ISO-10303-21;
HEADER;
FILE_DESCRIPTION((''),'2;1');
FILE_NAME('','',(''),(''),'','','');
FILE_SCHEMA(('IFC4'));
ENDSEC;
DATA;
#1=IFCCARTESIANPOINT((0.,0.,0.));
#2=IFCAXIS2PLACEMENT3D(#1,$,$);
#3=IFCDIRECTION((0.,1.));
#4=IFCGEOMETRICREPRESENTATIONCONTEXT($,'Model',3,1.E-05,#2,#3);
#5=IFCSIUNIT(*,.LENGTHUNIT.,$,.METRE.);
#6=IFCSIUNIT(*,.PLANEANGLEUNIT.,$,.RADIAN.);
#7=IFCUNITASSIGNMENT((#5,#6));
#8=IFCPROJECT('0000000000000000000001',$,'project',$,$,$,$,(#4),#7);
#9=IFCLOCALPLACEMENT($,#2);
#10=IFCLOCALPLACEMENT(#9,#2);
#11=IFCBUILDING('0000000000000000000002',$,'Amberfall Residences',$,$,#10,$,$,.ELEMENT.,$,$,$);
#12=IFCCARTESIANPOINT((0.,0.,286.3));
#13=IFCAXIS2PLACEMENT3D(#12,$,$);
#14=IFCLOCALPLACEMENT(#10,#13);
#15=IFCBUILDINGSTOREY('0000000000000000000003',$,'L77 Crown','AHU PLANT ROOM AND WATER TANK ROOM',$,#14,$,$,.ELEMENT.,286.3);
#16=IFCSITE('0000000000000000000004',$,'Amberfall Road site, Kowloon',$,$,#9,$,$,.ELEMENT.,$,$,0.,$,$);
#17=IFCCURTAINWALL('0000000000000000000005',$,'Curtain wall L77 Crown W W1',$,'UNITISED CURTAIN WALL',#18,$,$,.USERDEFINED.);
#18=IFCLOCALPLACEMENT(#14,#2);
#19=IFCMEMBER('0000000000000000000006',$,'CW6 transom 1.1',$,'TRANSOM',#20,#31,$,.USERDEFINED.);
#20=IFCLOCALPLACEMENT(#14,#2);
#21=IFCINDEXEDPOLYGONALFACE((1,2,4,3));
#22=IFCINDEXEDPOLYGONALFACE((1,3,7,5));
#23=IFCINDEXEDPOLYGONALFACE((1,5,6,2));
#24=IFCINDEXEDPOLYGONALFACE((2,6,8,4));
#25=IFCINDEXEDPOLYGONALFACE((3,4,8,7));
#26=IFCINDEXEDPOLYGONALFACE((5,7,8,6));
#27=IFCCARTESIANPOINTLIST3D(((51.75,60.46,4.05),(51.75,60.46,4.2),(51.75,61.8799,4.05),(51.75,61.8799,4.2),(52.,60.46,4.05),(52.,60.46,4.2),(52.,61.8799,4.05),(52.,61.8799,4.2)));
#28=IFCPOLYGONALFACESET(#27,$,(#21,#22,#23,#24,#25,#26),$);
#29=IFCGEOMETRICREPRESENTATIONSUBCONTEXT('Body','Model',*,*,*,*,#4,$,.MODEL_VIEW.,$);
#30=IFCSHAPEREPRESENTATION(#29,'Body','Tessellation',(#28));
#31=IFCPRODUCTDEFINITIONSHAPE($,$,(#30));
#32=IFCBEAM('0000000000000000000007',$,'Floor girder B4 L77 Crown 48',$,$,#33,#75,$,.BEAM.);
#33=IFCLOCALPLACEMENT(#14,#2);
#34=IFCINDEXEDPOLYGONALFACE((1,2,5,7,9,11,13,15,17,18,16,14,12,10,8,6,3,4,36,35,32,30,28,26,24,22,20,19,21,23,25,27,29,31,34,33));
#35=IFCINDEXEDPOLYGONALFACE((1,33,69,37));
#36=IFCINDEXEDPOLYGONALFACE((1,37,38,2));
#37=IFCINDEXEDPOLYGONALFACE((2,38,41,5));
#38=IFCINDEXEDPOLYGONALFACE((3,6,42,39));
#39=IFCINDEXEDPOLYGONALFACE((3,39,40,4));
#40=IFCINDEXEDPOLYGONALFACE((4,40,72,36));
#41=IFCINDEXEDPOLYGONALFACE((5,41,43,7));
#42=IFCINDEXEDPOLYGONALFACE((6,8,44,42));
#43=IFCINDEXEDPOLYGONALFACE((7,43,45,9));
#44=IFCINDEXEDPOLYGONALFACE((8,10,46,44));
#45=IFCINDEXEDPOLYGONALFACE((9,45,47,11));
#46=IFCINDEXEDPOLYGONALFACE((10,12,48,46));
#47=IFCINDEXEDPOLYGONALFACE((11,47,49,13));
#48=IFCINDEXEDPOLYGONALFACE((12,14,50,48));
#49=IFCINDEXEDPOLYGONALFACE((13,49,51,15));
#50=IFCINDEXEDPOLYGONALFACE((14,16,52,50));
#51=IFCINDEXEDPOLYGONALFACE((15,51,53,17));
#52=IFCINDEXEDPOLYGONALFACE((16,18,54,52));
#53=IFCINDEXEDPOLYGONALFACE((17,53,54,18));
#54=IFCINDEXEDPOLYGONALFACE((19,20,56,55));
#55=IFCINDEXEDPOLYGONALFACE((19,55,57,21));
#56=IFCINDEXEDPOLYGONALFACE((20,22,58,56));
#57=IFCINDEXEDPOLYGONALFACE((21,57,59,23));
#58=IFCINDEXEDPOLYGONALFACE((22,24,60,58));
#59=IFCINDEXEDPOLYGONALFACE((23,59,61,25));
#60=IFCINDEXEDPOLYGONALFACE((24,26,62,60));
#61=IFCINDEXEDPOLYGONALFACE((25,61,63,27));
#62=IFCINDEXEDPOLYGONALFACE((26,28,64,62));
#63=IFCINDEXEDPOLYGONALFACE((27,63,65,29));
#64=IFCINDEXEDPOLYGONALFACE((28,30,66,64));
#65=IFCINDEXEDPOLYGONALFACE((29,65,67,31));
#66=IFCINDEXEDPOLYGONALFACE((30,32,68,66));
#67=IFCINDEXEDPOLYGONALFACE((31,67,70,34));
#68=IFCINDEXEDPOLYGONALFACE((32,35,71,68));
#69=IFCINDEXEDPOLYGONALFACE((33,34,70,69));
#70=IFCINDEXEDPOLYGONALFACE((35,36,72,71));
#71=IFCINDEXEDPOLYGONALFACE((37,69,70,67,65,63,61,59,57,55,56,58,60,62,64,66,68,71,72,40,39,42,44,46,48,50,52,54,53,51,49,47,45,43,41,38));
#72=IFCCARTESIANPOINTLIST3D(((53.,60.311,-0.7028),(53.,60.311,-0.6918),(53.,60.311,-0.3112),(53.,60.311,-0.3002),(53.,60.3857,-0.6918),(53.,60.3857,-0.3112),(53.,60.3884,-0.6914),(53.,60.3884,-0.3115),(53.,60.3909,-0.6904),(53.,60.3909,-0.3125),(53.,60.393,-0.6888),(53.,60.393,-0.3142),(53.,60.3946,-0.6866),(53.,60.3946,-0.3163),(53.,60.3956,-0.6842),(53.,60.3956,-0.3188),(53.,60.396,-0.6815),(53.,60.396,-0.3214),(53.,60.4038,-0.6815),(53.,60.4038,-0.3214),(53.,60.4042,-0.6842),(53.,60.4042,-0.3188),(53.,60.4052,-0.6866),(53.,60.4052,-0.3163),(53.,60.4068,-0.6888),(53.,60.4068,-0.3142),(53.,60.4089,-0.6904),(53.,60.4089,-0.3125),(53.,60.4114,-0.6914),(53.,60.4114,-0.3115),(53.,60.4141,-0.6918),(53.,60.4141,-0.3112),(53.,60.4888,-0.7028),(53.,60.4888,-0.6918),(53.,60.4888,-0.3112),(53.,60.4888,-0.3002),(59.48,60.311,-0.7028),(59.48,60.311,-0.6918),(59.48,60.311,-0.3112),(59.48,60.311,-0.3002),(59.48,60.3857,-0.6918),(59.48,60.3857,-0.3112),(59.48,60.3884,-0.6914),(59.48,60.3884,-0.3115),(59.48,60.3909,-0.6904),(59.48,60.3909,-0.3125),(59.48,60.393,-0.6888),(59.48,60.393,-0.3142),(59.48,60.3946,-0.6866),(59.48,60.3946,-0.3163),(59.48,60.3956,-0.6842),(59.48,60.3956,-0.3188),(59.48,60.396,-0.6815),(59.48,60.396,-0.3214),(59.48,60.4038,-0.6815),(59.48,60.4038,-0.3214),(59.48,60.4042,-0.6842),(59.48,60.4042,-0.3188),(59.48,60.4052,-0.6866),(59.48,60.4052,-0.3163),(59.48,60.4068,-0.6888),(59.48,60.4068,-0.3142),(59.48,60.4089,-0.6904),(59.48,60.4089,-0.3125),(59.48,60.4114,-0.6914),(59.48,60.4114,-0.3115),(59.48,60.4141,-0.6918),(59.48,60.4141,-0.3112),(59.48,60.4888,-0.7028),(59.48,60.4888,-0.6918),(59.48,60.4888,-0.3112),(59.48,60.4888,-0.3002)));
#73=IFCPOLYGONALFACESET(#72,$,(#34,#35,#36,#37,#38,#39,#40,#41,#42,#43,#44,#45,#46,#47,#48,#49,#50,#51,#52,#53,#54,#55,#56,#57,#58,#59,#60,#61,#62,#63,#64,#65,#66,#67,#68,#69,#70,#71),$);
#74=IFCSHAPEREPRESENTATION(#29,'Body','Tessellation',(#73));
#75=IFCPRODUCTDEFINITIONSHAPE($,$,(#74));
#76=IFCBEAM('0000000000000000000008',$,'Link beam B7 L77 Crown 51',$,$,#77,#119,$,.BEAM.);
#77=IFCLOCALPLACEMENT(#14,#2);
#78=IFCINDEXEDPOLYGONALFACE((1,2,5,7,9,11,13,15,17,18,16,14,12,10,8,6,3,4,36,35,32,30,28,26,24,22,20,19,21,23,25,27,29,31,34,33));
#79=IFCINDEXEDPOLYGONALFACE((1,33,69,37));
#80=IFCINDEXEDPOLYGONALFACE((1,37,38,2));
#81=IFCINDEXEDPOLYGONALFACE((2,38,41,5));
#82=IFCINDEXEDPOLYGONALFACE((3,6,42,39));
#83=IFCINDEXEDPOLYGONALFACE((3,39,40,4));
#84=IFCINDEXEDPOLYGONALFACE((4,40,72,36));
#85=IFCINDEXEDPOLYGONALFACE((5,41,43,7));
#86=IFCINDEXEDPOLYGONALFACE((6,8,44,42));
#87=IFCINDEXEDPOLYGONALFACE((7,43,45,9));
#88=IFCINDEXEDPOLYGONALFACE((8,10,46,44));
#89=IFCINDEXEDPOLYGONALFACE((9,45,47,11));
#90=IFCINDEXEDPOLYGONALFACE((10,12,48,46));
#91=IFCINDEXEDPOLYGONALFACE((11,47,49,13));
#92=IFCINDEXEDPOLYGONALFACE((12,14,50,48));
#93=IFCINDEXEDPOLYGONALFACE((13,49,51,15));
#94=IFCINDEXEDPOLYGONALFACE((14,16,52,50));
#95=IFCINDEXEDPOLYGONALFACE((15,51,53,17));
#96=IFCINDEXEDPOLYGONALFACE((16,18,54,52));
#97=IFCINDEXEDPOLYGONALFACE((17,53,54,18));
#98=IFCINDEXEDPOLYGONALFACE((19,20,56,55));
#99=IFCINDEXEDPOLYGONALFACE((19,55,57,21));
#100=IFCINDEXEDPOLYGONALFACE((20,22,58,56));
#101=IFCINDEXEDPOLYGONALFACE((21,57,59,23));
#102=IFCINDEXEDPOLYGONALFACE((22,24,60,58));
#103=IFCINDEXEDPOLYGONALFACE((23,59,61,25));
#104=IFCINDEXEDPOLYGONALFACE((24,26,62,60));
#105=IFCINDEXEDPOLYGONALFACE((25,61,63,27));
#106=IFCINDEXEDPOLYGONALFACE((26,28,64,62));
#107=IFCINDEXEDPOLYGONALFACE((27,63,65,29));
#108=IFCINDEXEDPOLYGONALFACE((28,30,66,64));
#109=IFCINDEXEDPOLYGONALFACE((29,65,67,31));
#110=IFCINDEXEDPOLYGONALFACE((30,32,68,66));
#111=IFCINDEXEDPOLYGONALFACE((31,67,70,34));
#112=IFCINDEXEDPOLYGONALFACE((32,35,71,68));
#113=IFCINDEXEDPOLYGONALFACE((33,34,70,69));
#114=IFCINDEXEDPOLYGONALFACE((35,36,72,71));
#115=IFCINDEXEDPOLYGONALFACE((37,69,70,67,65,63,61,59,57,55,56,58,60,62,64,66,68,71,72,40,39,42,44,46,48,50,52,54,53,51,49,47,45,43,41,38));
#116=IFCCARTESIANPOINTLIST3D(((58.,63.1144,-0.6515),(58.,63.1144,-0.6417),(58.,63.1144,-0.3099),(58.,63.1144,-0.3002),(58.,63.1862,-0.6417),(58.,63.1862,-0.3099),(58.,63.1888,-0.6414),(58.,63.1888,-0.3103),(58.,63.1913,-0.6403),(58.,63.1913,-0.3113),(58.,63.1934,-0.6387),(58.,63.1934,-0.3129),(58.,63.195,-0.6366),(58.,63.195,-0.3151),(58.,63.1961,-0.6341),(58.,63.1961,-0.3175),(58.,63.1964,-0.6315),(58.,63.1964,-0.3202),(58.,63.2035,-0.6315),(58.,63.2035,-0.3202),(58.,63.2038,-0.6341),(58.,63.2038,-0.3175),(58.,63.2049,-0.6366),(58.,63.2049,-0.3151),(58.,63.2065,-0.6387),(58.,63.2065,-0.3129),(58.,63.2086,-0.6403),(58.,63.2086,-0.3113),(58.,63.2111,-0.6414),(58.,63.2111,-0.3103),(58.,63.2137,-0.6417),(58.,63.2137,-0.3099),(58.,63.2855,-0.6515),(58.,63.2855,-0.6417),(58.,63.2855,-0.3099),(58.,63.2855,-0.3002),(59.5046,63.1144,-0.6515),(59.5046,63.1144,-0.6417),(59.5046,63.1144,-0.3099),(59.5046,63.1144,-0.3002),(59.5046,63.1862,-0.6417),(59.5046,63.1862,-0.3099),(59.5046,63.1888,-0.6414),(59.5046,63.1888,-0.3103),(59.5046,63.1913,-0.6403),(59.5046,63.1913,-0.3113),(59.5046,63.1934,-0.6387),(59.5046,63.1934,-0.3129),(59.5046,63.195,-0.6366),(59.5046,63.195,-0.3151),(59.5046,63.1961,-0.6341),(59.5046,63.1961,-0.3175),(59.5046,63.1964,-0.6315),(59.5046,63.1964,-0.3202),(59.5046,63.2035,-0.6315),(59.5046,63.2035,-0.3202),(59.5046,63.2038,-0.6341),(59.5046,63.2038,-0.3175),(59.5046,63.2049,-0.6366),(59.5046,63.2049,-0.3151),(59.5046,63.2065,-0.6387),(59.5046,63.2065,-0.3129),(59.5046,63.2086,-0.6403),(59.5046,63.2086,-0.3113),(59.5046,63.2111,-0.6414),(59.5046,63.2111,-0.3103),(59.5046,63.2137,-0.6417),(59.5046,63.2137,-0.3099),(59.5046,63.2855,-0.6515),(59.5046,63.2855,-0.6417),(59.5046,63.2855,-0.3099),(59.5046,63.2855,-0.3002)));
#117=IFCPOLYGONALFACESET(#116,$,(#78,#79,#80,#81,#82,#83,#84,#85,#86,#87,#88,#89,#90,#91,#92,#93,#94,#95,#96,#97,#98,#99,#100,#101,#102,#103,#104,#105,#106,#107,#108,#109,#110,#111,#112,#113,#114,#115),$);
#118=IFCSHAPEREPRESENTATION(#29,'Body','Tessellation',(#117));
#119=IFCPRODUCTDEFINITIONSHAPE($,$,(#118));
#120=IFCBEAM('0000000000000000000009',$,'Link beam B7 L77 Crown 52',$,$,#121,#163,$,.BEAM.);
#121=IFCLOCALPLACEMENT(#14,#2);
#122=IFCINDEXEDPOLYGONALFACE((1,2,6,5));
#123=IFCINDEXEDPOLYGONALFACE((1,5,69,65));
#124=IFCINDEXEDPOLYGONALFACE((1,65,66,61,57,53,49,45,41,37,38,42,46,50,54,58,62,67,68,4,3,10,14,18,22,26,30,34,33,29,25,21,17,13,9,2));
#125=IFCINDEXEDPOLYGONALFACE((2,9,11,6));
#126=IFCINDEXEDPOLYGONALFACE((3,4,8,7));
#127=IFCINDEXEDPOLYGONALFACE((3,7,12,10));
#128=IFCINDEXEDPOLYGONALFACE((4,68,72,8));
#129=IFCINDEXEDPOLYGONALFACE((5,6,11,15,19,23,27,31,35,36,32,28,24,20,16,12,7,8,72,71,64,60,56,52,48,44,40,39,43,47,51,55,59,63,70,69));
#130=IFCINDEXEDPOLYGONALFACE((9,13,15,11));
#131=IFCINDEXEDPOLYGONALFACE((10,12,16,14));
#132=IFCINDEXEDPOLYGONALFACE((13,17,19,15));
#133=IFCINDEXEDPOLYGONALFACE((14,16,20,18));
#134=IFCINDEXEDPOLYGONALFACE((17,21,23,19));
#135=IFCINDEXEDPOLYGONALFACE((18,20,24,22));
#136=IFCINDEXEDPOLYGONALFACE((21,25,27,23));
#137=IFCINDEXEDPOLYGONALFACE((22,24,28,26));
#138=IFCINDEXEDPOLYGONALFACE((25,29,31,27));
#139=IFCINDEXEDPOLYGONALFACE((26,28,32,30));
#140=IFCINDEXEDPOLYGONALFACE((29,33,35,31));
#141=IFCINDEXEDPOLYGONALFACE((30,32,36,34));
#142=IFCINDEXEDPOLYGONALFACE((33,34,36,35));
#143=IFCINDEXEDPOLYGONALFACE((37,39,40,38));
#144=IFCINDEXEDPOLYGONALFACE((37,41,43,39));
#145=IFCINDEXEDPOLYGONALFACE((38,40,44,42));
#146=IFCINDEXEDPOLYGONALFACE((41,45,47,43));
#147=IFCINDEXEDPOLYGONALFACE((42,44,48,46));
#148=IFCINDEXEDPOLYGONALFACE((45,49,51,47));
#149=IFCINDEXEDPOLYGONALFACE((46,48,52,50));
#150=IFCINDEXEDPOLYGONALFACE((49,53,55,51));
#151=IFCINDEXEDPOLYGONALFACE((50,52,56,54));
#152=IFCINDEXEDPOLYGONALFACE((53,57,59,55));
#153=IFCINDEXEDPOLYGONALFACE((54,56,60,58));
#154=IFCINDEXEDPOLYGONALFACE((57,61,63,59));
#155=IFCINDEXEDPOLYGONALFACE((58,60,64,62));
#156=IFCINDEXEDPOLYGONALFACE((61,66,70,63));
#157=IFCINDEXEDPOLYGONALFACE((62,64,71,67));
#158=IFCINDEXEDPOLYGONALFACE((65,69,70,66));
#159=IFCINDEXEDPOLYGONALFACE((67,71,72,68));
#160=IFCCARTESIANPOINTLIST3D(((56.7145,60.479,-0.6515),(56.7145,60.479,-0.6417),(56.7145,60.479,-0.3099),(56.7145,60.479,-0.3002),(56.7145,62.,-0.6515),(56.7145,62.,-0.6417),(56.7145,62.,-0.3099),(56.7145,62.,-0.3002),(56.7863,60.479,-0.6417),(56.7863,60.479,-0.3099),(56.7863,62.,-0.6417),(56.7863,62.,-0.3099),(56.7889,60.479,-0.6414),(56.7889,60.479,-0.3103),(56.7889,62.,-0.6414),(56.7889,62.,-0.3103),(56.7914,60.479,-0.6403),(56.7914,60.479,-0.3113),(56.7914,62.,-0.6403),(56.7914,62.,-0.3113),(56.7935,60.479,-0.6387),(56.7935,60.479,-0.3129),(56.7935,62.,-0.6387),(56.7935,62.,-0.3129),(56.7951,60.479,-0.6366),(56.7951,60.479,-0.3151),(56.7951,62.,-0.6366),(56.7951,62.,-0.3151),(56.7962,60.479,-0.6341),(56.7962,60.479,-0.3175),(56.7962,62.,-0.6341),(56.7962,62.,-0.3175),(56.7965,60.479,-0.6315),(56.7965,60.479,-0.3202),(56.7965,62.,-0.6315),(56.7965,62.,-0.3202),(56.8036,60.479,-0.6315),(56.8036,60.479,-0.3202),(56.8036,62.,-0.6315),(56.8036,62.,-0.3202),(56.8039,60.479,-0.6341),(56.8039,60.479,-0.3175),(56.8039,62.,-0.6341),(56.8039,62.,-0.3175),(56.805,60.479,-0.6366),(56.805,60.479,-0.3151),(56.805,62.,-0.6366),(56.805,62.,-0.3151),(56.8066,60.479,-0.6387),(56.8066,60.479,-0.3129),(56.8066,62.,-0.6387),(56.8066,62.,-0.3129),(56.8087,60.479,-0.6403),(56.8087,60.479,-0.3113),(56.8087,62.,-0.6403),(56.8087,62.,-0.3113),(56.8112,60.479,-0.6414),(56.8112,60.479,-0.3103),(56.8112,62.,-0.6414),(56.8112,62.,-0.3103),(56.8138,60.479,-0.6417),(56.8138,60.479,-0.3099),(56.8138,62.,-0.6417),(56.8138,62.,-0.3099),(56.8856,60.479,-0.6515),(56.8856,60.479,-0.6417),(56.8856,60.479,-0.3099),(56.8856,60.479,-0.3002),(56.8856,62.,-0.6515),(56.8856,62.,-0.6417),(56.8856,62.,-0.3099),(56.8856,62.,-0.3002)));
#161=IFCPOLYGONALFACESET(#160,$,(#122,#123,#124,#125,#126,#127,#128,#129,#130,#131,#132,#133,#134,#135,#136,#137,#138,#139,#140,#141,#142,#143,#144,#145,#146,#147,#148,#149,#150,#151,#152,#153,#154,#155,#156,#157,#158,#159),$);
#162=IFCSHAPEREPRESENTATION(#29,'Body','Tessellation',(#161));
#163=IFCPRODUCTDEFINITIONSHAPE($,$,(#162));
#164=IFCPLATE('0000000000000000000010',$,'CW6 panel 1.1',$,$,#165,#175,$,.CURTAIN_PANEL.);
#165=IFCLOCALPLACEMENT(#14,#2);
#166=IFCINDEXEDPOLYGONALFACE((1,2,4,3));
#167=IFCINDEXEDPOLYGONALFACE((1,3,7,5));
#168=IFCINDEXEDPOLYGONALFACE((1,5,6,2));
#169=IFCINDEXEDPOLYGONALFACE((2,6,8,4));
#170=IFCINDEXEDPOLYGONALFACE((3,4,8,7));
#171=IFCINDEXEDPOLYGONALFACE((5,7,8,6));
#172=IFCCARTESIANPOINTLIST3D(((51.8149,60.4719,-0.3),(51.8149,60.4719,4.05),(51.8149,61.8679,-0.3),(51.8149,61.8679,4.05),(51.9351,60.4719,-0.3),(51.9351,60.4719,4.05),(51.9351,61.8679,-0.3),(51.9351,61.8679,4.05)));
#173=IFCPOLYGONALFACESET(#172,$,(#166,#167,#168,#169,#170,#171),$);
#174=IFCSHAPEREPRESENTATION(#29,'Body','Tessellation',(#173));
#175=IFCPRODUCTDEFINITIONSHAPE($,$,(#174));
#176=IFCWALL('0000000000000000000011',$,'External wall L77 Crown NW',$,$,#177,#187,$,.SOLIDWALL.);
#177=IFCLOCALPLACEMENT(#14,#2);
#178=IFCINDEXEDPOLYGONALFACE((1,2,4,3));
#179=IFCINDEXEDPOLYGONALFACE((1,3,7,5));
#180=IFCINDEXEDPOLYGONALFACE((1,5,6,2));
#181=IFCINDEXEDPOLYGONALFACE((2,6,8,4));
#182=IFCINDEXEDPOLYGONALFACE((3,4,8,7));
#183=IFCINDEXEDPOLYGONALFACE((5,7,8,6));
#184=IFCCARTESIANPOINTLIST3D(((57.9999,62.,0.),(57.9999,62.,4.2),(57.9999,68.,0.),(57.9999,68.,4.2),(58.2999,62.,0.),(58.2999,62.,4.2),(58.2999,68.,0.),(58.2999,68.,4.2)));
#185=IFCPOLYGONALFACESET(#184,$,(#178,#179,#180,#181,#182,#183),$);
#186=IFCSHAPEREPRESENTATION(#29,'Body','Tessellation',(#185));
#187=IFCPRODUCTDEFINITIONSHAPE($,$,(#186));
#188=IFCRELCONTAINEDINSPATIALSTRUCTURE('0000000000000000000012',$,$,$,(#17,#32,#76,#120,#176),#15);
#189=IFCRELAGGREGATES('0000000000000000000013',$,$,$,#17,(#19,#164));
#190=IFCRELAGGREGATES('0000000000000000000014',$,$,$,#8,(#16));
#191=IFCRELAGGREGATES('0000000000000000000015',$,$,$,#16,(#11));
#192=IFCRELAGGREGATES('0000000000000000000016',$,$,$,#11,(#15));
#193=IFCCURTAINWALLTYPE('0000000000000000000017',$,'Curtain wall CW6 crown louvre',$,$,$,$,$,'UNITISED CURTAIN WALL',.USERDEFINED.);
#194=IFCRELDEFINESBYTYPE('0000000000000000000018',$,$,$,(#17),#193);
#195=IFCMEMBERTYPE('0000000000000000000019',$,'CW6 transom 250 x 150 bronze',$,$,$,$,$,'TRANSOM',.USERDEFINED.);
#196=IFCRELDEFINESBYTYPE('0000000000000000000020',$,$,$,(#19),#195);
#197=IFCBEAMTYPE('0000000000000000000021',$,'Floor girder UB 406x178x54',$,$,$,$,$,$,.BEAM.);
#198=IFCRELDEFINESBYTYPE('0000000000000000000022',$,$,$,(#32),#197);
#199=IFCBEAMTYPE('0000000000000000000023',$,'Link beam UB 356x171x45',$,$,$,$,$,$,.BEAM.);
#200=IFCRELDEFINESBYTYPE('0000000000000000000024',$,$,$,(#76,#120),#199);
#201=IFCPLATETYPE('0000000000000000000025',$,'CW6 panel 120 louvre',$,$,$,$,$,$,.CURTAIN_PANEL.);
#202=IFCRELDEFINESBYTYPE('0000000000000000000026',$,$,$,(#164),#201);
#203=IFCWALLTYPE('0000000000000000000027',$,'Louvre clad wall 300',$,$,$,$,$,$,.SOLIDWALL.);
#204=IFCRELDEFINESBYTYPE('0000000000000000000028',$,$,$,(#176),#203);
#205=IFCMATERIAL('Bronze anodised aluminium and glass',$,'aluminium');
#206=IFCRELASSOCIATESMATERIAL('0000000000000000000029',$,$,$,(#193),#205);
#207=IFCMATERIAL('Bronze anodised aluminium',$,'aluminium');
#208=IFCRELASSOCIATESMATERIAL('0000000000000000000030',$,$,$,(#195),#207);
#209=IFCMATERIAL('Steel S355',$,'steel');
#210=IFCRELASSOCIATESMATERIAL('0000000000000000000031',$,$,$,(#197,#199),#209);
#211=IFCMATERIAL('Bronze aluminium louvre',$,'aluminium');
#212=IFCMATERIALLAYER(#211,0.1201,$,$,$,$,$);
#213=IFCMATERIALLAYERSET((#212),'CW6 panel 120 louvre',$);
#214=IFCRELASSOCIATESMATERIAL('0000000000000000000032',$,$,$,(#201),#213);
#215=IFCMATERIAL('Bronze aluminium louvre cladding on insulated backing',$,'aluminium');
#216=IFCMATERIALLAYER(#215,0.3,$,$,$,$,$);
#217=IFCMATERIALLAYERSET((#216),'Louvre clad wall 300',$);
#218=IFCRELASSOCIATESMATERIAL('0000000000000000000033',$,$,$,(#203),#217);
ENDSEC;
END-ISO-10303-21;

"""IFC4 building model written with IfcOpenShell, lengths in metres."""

from ifc_helpers import new_model, si_unit, direction, frame, frame_2d, origin, origin_2d, place, context, subcontext, project, spatial, rectangle, i_section, extrude, material, layer, layer_set, material_profile, profile_set, type_object, element, aggregate, save


model = new_model("IFC4")

# Units and contexts
model_context = context("Model", 3, precision=1e-05, world=origin(), true_north=direction((0.0, 1.0)))
body_context = subcontext(model_context, "Body", "Model", "MODEL_VIEW")
ifc_project = project(units=[si_unit("LENGTHUNIT", "METRE"), si_unit("PLANEANGLEUNIT", "RADIAN")], contexts=[model_context])

# Site, building, storey
site_placement = place(None, origin())
site = spatial("IfcSite", under=ifc_project, at=site_placement, Name="Amberfall Road site, Kowloon", CompositionType="ELEMENT", RefElevation=0.0)
building_placement = place(site_placement, origin())
building = spatial("IfcBuilding", under=site, at=building_placement, Name="Amberfall Residences", CompositionType="ELEMENT")
storey_placement = place(building_placement, frame((0.0, 0.0, 286.3)))
storey = spatial("IfcBuildingStorey", under=building, at=storey_placement, Name="L77 Crown", Description="AHU PLANT ROOM AND WATER TANK ROOM", CompositionType="ELEMENT", Elevation=286.3)

# Shared definitions
ifc_material_1 = material(Name="Steel S355", Category="steel")

# Shared definitions
ifc_material_2 = material(Name="Bronze anodised aluminium and glass", Category="aluminium")
curtain_wall_type = type_object("IfcCurtainWallType", Name="Curtain wall CW6 crown louvre", ElementType="UNITISED CURTAIN WALL", PredefinedType="USERDEFINED", material=ifc_material_2)
ifc_material_3 = material(Name="Bronze anodised aluminium", Category="aluminium")

# Curtain wall, member
curtain_wall_1_placement = place(storey_placement, origin())
curtain_wall_1 = element("IfcCurtainWall", 1, at=curtain_wall_1_placement, inside=storey, type_object=curtain_wall_type, Name="Curtain wall L77 Crown W W1", ObjectType="UNITISED CURTAIN WALL", PredefinedType="USERDEFINED")
ifc_material_profile_1 = material_profile(ifc_material_3, rectangle(XDim=0.25, YDim=0.1499, at=origin_2d()), Name="CW6 transom 250 x 150 bronze")
ifc_profile_set_1 = profile_set([ifc_material_profile_1], Name="Bronze anodised aluminium")
member_type_1 = type_object("IfcMemberType", Name="CW6 transom 250 x 150 bronze", ElementType="TRANSOM", PredefinedType="USERDEFINED", material=ifc_profile_set_1)
member_1_placement = place(storey_placement, frame((51.875, 61.8799, 4.125), z_axis=(0.0, -1.0, 0.0), x_axis=(1.0, 0.0, 0.0)))
member_1 = element("IfcMember", 2, at=member_1_placement, type_object=member_type_1, Name="CW6 transom 1.1", ObjectType="TRANSOM", PredefinedType="USERDEFINED", context=body_context, shape_type="SweptSolid", body=[
    extrude(rectangle(XDim=0.25, YDim=0.1499, at=origin_2d()), origin(), (0.0, 0.0, 1.0), 1.4199),
])

# Beams
ifc_material_profile_2 = material_profile(ifc_material_1, i_section(OverallWidth=0.1777, OverallDepth=0.4026, WebThickness=0.0078, FlangeThickness=0.011, FilletRadius=0.0103, at=origin_2d()), Name="UB 406x178x54")
ifc_profile_set_2 = profile_set([ifc_material_profile_2], Name="Steel S355")
beam_type_1 = type_object("IfcBeamType", Name="Floor girder UB 406x178x54", PredefinedType="BEAM", material=ifc_profile_set_2)
beam_1_placement = place(storey_placement, frame((53.0, 60.3999, -0.5015), z_axis=(1.0, 0.0, 0.0), x_axis=(0.0, 1.0, 0.0)))
element("IfcBeam", 3, at=beam_1_placement, inside=storey, type_object=beam_type_1, Name="Floor girder B4 L77 Crown 48", PredefinedType="BEAM", context=body_context, shape_type="SweptSolid", body=[
    extrude(i_section(OverallWidth=0.1777, OverallDepth=0.4026, WebThickness=0.0078, FlangeThickness=0.011, FilletRadius=0.0103, at=origin_2d()), origin(), (0.0, 0.0, 1.0), 6.48),
])
ifc_material_profile_3 = material_profile(ifc_material_1, i_section(OverallWidth=0.1711, OverallDepth=0.3513, WebThickness=0.0071, FlangeThickness=0.0098, FilletRadius=0.0103, at=origin_2d()), Name="UB 356x171x45")
ifc_profile_set_3 = profile_set([ifc_material_profile_3], Name="Steel S355")
beam_type_2 = type_object("IfcBeamType", Name="Link beam UB 356x171x45", PredefinedType="BEAM", material=ifc_profile_set_3)
beam_2_placement = place(storey_placement, frame((58.0, 63.2, -0.4758), z_axis=(1.0, 0.0, 0.0), x_axis=(0.0, 1.0, 0.0)))
element("IfcBeam", 4, at=beam_2_placement, inside=storey, type_object=beam_type_2, Name="Link beam B7 L77 Crown 51", PredefinedType="BEAM", context=body_context, shape_type="SweptSolid", body=[
    extrude(i_section(OverallWidth=0.1711, OverallDepth=0.3513, WebThickness=0.0071, FlangeThickness=0.0098, FilletRadius=0.0103, at=origin_2d()), origin(), (0.0, 0.0, 1.0), 1.5046),
])
beam_3_placement = place(storey_placement, frame((56.8, 62.0, -0.4758), z_axis=(0.0, -1.0, 0.0), x_axis=(1.0, 0.0, 0.0)))
element("IfcBeam", 5, at=beam_3_placement, inside=storey, type_object=beam_type_2, Name="Link beam B7 L77 Crown 52", PredefinedType="BEAM", context=body_context, shape_type="SweptSolid", body=[
    extrude(i_section(OverallWidth=0.1711, OverallDepth=0.3513, WebThickness=0.0071, FlangeThickness=0.0098, FilletRadius=0.0103, at=origin_2d()), origin(), (0.0, 0.0, 1.0), 1.521),
])

# Plate
ifc_material_4 = material(Name="Bronze aluminium louvre", Category="aluminium")
ifc_layer_1 = layer(ifc_material_4, 0.1201)
ifc_layer_set_1 = layer_set([ifc_layer_1], Name="CW6 panel 120 louvre")
plate_type = type_object("IfcPlateType", Name="CW6 panel 120 louvre", PredefinedType="CURTAIN_PANEL", material=ifc_layer_set_1)
plate_placement = place(storey_placement, frame((51.875, 61.1699, -0.3), z_axis=(0.0, 0.0, 1.0), x_axis=(0.0, -1.0, 0.0)))
plate = element("IfcPlate", 6, at=plate_placement, type_object=plate_type, Name="CW6 panel 1.1", PredefinedType="CURTAIN_PANEL", context=body_context, shape_type="SweptSolid", body=[
    extrude(rectangle(XDim=1.396, YDim=0.1201, at=origin_2d()), origin(), (0.0, 0.0, 1.0), 4.3501),
])
aggregate(curtain_wall_1, [member_1, plate])

# Wall
ifc_material_5 = material(Name="Bronze aluminium louvre cladding on insulated backing", Category="aluminium")
ifc_layer_2 = layer(ifc_material_5, 0.3)
ifc_layer_set_2 = layer_set([ifc_layer_2], Name="Louvre clad wall 300")
wall_type_1 = type_object("IfcWallType", Name="Louvre clad wall 300", PredefinedType="SOLIDWALL", material=ifc_layer_set_2)
for number, where, z_axis, x_axis, name in (
    (7, (58.1499, 68.0, 0.0), (0.0, 0.0, 1.0), (0.0, -1.0, 0.0), "External wall L77 Crown NW"),
):
    element("IfcWall", number, at=place(storey_placement, frame(where, z_axis=z_axis, x_axis=x_axis)), inside=storey, type_object=wall_type_1, Name=name, PredefinedType="SOLIDWALL", context=body_context, shape_type="SweptSolid", body=[
        extrude(rectangle(XDim=6.0, YDim=0.3, at=frame_2d((3.0, 0.0))), origin(), (0.0, 0.0, 1.0), 4.2),
    ])

save(model, "model.ifc")
